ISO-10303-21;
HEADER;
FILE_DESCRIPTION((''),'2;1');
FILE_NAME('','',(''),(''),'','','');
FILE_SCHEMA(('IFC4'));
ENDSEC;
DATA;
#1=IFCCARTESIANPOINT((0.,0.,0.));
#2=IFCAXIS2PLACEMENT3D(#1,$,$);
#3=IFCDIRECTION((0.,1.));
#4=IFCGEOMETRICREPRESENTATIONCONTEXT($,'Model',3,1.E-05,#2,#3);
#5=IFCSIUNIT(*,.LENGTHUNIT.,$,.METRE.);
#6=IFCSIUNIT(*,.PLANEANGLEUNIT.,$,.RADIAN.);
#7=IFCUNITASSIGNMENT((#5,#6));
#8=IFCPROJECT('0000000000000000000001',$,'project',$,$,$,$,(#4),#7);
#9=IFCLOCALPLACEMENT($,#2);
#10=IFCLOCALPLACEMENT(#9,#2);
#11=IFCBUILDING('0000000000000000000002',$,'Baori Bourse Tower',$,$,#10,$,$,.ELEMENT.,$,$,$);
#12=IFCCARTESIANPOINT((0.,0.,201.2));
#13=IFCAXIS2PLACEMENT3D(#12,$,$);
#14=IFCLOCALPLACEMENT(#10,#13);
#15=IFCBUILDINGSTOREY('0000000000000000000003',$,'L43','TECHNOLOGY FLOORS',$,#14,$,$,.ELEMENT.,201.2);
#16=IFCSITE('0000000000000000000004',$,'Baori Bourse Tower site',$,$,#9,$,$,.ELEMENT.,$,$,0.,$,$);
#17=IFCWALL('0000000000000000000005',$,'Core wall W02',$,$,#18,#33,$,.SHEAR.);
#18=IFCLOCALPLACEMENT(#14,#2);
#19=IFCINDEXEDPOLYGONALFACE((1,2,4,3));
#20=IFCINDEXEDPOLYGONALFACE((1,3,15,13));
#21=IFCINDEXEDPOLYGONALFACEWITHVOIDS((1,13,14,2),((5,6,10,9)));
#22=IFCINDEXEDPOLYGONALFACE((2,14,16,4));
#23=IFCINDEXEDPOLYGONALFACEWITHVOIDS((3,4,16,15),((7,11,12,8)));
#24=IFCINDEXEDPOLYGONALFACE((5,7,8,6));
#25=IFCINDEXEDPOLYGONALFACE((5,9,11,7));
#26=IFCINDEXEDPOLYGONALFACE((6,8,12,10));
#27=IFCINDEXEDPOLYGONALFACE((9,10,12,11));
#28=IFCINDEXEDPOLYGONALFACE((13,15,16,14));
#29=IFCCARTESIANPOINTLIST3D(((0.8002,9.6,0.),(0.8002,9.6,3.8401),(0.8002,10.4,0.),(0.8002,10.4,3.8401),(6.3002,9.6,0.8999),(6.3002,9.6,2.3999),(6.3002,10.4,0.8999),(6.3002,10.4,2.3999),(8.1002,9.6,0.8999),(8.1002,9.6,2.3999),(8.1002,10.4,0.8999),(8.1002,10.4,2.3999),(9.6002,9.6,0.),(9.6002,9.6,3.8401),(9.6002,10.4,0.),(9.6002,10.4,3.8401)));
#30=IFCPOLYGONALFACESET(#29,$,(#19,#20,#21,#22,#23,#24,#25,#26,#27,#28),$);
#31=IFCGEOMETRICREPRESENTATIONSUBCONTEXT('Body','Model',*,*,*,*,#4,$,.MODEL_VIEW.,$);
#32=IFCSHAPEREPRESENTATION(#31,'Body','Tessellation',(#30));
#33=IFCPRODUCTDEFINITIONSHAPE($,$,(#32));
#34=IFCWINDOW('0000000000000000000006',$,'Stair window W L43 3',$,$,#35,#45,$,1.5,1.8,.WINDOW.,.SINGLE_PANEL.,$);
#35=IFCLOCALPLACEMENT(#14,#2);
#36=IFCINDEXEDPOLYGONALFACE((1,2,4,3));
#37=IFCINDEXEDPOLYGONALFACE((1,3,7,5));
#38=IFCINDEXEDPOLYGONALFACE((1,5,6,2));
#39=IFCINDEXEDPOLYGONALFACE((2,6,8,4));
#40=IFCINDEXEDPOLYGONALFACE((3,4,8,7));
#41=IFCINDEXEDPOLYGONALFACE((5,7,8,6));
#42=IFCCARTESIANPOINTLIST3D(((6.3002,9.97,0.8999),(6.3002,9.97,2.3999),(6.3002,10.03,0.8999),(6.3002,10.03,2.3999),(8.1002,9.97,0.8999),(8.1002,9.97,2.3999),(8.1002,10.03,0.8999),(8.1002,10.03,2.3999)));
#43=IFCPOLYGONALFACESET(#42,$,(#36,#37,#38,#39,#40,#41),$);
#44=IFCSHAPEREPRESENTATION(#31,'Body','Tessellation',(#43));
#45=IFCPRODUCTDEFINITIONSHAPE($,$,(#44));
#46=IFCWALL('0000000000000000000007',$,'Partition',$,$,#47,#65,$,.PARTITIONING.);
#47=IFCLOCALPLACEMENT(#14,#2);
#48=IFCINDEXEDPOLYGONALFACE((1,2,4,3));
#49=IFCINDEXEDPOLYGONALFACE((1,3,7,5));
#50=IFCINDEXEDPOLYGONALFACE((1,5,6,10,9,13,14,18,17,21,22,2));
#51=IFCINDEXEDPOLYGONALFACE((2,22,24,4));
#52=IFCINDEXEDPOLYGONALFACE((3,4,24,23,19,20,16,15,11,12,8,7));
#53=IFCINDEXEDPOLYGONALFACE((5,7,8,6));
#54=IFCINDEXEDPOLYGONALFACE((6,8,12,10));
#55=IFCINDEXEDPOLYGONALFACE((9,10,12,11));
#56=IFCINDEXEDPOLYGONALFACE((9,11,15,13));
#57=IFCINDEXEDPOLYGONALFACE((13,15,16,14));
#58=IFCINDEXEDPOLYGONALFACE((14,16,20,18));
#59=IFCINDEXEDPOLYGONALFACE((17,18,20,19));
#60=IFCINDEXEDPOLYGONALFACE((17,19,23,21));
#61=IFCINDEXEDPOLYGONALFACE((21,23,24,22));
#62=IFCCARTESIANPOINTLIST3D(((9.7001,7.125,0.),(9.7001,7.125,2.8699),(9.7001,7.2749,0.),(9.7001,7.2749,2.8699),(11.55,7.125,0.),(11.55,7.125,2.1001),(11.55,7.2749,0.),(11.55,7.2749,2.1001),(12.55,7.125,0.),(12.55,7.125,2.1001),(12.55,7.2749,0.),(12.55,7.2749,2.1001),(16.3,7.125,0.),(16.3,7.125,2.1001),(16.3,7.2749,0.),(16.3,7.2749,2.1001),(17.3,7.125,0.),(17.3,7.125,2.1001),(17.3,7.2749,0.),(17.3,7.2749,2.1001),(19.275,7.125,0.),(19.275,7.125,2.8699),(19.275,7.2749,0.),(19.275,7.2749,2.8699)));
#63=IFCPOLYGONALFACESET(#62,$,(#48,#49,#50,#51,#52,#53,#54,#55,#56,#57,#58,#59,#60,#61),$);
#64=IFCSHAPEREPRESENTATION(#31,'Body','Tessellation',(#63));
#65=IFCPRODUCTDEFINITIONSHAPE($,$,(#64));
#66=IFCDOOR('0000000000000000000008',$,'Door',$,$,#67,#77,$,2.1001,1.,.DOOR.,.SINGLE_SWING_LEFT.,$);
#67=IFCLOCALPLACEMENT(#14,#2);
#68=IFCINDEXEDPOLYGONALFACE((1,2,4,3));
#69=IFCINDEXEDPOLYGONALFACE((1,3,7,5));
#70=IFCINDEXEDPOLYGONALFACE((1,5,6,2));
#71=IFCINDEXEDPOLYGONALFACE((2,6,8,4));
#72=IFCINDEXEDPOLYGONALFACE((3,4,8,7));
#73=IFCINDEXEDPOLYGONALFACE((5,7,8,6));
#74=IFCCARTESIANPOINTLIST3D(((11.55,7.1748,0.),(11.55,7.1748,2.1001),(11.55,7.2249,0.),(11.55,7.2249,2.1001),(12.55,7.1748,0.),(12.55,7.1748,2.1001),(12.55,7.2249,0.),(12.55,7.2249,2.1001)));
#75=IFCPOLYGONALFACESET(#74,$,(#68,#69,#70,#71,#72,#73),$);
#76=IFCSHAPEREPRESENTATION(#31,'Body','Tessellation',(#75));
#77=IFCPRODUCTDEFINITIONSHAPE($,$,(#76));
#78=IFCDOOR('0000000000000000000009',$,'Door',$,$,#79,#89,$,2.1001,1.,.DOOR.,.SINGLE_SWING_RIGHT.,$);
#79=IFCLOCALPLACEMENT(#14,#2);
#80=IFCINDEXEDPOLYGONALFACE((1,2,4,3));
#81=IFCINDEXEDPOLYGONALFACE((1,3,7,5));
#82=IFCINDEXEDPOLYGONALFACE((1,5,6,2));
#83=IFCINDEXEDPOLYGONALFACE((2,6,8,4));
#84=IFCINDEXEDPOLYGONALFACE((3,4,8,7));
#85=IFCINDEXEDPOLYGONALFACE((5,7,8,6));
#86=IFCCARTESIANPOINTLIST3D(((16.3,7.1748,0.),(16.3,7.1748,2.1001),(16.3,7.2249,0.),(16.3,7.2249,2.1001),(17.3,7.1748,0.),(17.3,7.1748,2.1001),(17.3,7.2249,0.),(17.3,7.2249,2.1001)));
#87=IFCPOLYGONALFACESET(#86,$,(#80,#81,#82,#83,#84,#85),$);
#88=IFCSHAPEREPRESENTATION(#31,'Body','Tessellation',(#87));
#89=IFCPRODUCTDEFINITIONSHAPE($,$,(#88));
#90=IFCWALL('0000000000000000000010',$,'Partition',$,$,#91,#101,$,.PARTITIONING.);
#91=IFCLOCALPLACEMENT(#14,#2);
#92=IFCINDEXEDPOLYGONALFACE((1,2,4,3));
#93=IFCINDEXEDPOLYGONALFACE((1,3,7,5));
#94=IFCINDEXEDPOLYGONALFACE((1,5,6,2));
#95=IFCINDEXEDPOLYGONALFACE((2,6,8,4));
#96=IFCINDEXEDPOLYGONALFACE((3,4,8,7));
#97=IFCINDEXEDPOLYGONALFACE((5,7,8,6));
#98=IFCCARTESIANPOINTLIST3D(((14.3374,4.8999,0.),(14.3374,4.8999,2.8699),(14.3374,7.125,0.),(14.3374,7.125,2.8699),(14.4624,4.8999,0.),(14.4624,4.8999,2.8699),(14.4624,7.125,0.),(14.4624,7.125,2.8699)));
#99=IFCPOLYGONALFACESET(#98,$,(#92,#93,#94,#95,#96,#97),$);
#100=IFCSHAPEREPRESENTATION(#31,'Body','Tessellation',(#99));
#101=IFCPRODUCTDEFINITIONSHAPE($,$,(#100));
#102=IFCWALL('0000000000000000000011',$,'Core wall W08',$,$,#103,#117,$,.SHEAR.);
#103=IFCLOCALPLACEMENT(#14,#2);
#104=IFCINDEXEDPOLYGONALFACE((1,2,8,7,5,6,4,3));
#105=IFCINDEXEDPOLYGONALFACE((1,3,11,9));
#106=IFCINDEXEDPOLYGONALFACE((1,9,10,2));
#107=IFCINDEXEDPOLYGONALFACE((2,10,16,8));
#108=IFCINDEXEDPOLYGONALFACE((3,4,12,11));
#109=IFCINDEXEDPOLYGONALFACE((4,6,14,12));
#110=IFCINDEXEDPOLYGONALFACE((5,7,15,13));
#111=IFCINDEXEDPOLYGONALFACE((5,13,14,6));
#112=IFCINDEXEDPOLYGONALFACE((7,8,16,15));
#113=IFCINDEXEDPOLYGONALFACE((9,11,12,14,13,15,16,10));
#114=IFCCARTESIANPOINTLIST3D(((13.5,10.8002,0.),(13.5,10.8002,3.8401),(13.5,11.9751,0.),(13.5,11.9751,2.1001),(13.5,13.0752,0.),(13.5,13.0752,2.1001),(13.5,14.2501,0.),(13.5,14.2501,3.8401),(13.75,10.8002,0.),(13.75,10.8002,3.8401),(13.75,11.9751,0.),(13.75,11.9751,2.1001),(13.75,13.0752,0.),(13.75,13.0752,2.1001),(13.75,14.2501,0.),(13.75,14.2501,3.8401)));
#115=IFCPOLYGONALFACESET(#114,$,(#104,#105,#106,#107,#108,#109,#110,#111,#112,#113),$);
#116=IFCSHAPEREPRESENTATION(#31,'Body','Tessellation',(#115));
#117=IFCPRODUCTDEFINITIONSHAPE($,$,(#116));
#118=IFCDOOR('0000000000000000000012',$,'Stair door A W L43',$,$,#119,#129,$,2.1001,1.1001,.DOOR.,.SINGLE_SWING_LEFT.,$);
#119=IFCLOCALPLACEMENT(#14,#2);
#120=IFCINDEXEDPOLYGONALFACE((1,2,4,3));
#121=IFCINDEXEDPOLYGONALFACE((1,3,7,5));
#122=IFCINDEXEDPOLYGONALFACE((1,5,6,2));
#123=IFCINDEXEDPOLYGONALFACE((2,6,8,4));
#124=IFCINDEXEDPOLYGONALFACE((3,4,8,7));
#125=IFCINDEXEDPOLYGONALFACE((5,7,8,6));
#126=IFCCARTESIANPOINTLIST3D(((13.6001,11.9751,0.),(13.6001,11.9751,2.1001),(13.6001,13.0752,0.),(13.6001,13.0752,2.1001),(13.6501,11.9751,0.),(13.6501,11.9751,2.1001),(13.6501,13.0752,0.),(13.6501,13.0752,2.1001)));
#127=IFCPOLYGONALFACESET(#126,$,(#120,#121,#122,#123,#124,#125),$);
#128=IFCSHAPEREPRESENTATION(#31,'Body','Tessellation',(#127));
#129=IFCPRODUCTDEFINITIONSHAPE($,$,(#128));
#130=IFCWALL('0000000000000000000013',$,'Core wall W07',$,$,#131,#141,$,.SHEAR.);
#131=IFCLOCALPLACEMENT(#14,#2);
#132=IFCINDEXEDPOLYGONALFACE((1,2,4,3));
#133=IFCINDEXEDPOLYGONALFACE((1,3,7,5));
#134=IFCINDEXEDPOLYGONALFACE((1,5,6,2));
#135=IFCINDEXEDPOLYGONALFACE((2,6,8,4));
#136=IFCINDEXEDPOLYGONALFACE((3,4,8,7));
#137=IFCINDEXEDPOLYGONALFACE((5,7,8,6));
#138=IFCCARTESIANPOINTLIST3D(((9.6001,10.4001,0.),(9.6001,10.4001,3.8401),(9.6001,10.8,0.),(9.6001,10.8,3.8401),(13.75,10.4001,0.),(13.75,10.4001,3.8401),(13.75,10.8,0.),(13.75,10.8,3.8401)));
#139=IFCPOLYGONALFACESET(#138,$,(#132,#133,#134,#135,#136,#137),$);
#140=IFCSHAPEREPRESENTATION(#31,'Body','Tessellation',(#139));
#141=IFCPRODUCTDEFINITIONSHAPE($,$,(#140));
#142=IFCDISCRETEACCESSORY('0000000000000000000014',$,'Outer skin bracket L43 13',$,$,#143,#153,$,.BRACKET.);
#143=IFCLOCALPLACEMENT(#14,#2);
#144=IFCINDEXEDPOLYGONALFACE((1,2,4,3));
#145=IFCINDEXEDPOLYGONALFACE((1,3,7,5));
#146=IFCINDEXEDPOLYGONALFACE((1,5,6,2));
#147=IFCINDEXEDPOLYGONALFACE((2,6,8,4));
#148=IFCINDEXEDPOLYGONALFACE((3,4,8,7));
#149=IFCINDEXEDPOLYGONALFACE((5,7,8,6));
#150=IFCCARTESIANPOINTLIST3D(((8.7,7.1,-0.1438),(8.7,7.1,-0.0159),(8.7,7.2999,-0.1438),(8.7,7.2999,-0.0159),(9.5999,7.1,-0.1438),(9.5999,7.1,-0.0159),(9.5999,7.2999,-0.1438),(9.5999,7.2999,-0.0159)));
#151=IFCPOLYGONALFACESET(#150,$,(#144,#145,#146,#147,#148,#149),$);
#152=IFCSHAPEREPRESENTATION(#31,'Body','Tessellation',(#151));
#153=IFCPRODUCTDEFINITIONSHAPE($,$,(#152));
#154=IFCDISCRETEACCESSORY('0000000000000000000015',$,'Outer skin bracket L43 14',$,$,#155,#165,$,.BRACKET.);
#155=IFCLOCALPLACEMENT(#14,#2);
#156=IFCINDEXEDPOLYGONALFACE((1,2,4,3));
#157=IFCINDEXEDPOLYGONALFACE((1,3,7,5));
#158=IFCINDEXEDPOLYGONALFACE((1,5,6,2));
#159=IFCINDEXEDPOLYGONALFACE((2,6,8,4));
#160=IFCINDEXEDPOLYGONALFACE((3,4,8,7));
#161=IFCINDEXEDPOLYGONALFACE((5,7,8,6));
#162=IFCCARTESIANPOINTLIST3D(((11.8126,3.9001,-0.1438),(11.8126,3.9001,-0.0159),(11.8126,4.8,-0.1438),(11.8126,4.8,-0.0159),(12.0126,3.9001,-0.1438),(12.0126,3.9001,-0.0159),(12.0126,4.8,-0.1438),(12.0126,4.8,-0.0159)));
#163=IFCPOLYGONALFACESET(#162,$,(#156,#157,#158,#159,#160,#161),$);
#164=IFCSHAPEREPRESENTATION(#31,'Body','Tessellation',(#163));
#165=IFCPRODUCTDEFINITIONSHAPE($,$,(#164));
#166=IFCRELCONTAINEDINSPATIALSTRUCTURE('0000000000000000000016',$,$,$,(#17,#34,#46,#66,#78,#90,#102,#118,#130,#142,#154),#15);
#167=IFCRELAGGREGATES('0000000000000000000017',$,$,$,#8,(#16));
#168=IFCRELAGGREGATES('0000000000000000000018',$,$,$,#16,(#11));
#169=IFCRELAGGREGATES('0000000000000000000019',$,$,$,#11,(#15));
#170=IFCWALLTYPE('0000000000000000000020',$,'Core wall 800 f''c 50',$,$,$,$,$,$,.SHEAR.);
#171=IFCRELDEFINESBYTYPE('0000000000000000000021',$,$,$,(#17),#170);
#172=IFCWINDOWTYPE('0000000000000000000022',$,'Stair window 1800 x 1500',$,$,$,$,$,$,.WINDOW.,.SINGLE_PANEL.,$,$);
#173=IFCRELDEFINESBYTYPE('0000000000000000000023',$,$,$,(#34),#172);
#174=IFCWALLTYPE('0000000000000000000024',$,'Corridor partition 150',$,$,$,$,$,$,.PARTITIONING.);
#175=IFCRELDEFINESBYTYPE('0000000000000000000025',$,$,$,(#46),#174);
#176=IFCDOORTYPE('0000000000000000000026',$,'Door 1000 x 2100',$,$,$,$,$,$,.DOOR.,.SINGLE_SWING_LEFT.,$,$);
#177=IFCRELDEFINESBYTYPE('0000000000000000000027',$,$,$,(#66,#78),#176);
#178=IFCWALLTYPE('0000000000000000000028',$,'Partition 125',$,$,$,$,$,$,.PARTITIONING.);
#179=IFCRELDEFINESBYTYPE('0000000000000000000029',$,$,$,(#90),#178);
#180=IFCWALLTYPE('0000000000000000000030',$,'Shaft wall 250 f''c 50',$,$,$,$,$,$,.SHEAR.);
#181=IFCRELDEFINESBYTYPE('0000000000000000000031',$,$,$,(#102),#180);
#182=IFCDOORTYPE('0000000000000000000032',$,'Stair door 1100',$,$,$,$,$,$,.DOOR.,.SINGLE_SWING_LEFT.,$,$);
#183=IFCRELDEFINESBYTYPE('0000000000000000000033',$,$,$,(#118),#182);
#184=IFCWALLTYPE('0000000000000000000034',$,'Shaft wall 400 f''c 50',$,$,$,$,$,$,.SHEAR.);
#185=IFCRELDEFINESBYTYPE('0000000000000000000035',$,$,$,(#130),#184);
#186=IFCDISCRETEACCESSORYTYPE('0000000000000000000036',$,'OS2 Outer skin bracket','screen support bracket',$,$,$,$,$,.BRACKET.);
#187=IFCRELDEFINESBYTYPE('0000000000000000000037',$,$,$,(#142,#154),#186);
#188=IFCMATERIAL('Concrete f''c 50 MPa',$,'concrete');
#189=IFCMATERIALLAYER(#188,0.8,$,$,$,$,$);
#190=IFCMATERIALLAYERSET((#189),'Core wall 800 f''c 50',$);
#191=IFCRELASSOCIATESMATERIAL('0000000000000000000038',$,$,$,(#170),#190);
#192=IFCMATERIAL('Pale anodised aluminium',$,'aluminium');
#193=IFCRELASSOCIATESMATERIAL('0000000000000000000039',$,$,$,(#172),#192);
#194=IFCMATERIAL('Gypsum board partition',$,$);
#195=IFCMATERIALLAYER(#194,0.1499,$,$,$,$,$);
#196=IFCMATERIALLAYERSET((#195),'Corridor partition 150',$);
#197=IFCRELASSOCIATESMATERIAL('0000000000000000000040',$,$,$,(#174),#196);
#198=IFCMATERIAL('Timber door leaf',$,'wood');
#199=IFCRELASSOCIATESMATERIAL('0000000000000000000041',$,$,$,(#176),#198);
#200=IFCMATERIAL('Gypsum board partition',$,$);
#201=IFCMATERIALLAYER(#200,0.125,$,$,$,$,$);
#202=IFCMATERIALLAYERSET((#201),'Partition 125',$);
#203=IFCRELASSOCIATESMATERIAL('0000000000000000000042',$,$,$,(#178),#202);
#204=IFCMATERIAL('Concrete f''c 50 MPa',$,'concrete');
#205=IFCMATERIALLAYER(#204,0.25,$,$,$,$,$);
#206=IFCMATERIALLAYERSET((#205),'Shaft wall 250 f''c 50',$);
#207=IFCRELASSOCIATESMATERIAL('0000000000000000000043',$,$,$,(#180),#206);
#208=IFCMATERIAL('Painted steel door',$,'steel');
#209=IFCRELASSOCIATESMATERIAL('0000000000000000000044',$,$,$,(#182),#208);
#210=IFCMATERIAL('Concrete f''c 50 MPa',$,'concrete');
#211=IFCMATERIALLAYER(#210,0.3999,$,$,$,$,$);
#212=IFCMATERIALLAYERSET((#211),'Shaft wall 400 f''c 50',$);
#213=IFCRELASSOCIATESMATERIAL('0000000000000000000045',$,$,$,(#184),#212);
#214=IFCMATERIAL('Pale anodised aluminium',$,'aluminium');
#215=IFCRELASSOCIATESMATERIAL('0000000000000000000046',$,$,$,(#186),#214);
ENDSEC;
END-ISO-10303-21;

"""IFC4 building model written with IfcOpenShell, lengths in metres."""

from ifc_helpers import new_model, si_unit, direction, frame, frame_2d, origin, origin_2d, place, context, subcontext, project, spatial, rectangle, extrude, material, layer, layer_set, type_object, element, fill, save


model = new_model("IFC4")

# Units and contexts
model_context = context("Model", 3, precision=1e-05, world=origin(), true_north=direction((0.0, 1.0)))
body_context = subcontext(model_context, "Body", "Model", "MODEL_VIEW")
ifc_project = project(units=[si_unit("LENGTHUNIT", "METRE"), si_unit("PLANEANGLEUNIT", "RADIAN")], contexts=[model_context])

# Site, building, storey
site_placement = place(None, origin())
site = spatial("IfcSite", under=ifc_project, at=site_placement, Name="Baori Bourse Tower site", CompositionType="ELEMENT", RefElevation=0.0)
building_placement = place(site_placement, origin())
building = spatial("IfcBuilding", under=site, at=building_placement, Name="Baori Bourse Tower", CompositionType="ELEMENT")
storey_placement = place(building_placement, frame((0.0, 0.0, 201.2)))
storey = spatial("IfcBuildingStorey", under=building, at=storey_placement, Name="L43", Description="TECHNOLOGY FLOORS", CompositionType="ELEMENT", Elevation=201.2)

# Wall, opening, window
ifc_material_1 = material(Name="Concrete f'c 50 MPa", Category="concrete")
ifc_layer_1 = layer(ifc_material_1, 0.8)
ifc_layer_set_1 = layer_set([ifc_layer_1], Name="Core wall 800 f'c 50")
wall_type_1 = type_object("IfcWallType", Name="Core wall 800 f'c 50", PredefinedType="SHEAR", material=ifc_layer_set_1)
wall_1_placement = place(storey_placement, frame((9.6001, 10.0, 0.0), z_axis=(0.0, 0.0, 1.0), x_axis=(-1.0, 0.0, 0.0)))
wall_1 = element("IfcWall", 1, at=wall_1_placement, inside=storey, type_object=wall_type_1, Name="Core wall W02", PredefinedType="SHEAR", context=body_context, shape_type="SweptSolid", body=[
    extrude(rectangle(XDim=8.8, YDim=0.8, at=frame_2d((4.3999, 0.0))), origin(), (0.0, 0.0, 1.0), 3.8401),
])
opening_1_placement = place(wall_1_placement, frame((1.5, 0.0, 0.8999)))
opening_1 = element("IfcOpeningElement", 2, at=opening_1_placement, cuts=wall_1, PredefinedType="OPENING", context=body_context, shape_type="SweptSolid", body=[
    extrude(rectangle(XDim=1.8, YDim=1.5, at=frame_2d((0.8999, 0.75))), frame((0.0, 0.4099, 0.0), z_axis=(0.0, -1.0, 0.0), x_axis=(1.0, 0.0, 0.0)), (0.0, 0.0, 1.0), 0.8201),
])
ifc_material_2 = material(Name="Pale anodised aluminium", Category="aluminium")
window_type = type_object("IfcWindowType", Name="Stair window 1800 x 1500", PartitioningType="SINGLE_PANEL", PredefinedType="WINDOW", material=ifc_material_2)
window_placement = place(opening_1_placement, origin())
window = element("IfcWindow", 3, at=window_placement, inside=storey, type_object=window_type, Name="Stair window W L43 3", OverallHeight=1.5, OverallWidth=1.8, PartitioningType="SINGLE_PANEL", PredefinedType="WINDOW", context=body_context, shape_type="SweptSolid", body=[
    extrude(rectangle(XDim=1.8, YDim=1.5, at=frame_2d((0.8999, 0.75))), frame((0.0, 0.03, 0.0), z_axis=(0.0, -1.0, 0.0), x_axis=(1.0, 0.0, 0.0)), (0.0, 0.0, 1.0), 0.0601),
])
fill(opening_1, window)

# Wall, openings, doors
ifc_material_3 = material(Name="Gypsum board partition")
ifc_layer_2 = layer(ifc_material_3, 0.1499)
ifc_layer_set_2 = layer_set([ifc_layer_2], Name="Corridor partition 150")
wall_type_2 = type_object("IfcWallType", Name="Corridor partition 150", PredefinedType="PARTITIONING", material=ifc_layer_set_2)
wall_2_placement = place(storey_placement, frame((9.7, 7.2, 0.0), z_axis=(0.0, 0.0, 1.0), x_axis=(1.0, 0.0, 0.0)))
wall_2 = element("IfcWall", 4, at=wall_2_placement, inside=storey, type_object=wall_type_2, Name="Partition", PredefinedType="PARTITIONING", context=body_context, shape_type="SweptSolid", body=[
    extrude(rectangle(XDim=9.575, YDim=0.1499, at=frame_2d((4.7876, 0.0))), origin(), (0.0, 0.0, 1.0), 2.8699),
])
opening_2_placement = place(wall_2_placement, frame((1.8501, 0.0, 0.0)))
opening_2 = element("IfcOpeningElement", 5, at=opening_2_placement, cuts=wall_2, PredefinedType="OPENING", context=body_context, shape_type="SweptSolid", body=[
    extrude(rectangle(XDim=1.0, YDim=2.1001, at=frame_2d((0.5, 1.05))), frame((0.0, 0.085, 0.0), z_axis=(0.0, -1.0, 0.0), x_axis=(1.0, 0.0, 0.0)), (0.0, 0.0, 1.0), 0.1699),
])
opening_3_placement = place(wall_2_placement, frame((6.6001, 0.0, 0.0)))
opening_3 = element("IfcOpeningElement", 6, at=opening_3_placement, cuts=wall_2, PredefinedType="OPENING", context=body_context, shape_type="SweptSolid", body=[
    extrude(rectangle(XDim=1.0, YDim=2.1001, at=frame_2d((0.5, 1.05))), frame((0.0, 0.085, 0.0), z_axis=(0.0, -1.0, 0.0), x_axis=(1.0, 0.0, 0.0)), (0.0, 0.0, 1.0), 0.1699),
])
ifc_material_4 = material(Name="Timber door leaf", Category="wood")
door_type_1 = type_object("IfcDoorType", Name="Door 1000 x 2100", OperationType="SINGLE_SWING_LEFT", PredefinedType="DOOR", material=ifc_material_4)
door_1_placement = place(opening_2_placement, origin())
door_1 = element("IfcDoor", 7, at=door_1_placement, inside=storey, type_object=door_type_1, Name="Door", OperationType="SINGLE_SWING_LEFT", OverallHeight=2.1001, OverallWidth=1.0, PredefinedType="DOOR", context=body_context, shape_type="SweptSolid", body=[
    extrude(rectangle(XDim=1.0, YDim=2.1001, at=frame_2d((0.5, 1.05))), frame((0.0, 0.0249, 0.0), z_axis=(0.0, -1.0, 0.0), x_axis=(1.0, 0.0, 0.0)), (0.0, 0.0, 1.0), 0.05),
])
fill(opening_2, door_1)
door_2_placement = place(opening_3_placement, origin())
door_2 = element("IfcDoor", 8, at=door_2_placement, inside=storey, type_object=door_type_1, Name="Door", OperationType="SINGLE_SWING_RIGHT", OverallHeight=2.1001, OverallWidth=1.0, PredefinedType="DOOR", context=body_context, shape_type="SweptSolid", body=[
    extrude(rectangle(XDim=1.0, YDim=2.1001, at=frame_2d((0.5, 1.05))), frame((0.0, 0.0249, 0.0), z_axis=(0.0, -1.0, 0.0), x_axis=(1.0, 0.0, 0.0)), (0.0, 0.0, 1.0), 0.05),
])
fill(opening_3, door_2)

# Wall
ifc_material_5 = material(Name="Gypsum board partition")
ifc_layer_3 = layer(ifc_material_5, 0.125)
ifc_layer_set_3 = layer_set([ifc_layer_3], Name="Partition 125")
wall_type_3 = type_object("IfcWallType", Name="Partition 125", PredefinedType="PARTITIONING", material=ifc_layer_set_3)
wall_3_placement = place(storey_placement, frame((14.3999, 4.8999, 0.0), z_axis=(0.0, 0.0, 1.0), x_axis=(0.0, 1.0, 0.0)))
element("IfcWall", 9, at=wall_3_placement, inside=storey, type_object=wall_type_3, Name="Partition", PredefinedType="PARTITIONING", context=body_context, shape_type="SweptSolid", body=[
    extrude(rectangle(XDim=2.2251, YDim=0.125, at=frame_2d((1.1125, 0.0))), origin(), (0.0, 0.0, 1.0), 2.8699),
])

# Wall, opening, door
ifc_material_6 = material(Name="Concrete f'c 50 MPa", Category="concrete")
ifc_layer_4 = layer(ifc_material_6, 0.25)
ifc_layer_set_4 = layer_set([ifc_layer_4], Name="Shaft wall 250 f'c 50")
wall_type_4 = type_object("IfcWallType", Name="Shaft wall 250 f'c 50", PredefinedType="SHEAR", material=ifc_layer_set_4)
wall_4_placement = place(storey_placement, frame((13.625, 10.8, 0.0), z_axis=(0.0, 0.0, 1.0), x_axis=(0.0, 1.0, 0.0)))
wall_4 = element("IfcWall", 10, at=wall_4_placement, inside=storey, type_object=wall_type_4, Name="Core wall W08", PredefinedType="SHEAR", context=body_context, shape_type="SweptSolid", body=[
    extrude(rectangle(XDim=3.45, YDim=0.25, at=frame_2d((1.7251, 0.0))), origin(), (0.0, 0.0, 1.0), 3.8401),
])
opening_4_placement = place(wall_4_placement, frame((1.175, 0.0, 0.0)))
opening_4 = element("IfcOpeningElement", 11, at=opening_4_placement, cuts=wall_4, PredefinedType="OPENING", context=body_context, shape_type="SweptSolid", body=[
    extrude(rectangle(XDim=1.1001, YDim=2.1001, at=frame_2d((0.55, 1.05))), frame((0.0, 0.135, 0.0), z_axis=(0.0, -1.0, 0.0), x_axis=(1.0, 0.0, 0.0)), (0.0, 0.0, 1.0), 0.27),
])
ifc_material_7 = material(Name="Painted steel door", Category="steel")
door_type_2 = type_object("IfcDoorType", Name="Stair door 1100", OperationType="SINGLE_SWING_LEFT", PredefinedType="DOOR", material=ifc_material_7)
door_3_placement = place(opening_4_placement, origin())
door_3 = element("IfcDoor", 12, at=door_3_placement, inside=storey, type_object=door_type_2, Name="Stair door A W L43", OperationType="SINGLE_SWING_LEFT", OverallHeight=2.1001, OverallWidth=1.1001, PredefinedType="DOOR", context=body_context, shape_type="SweptSolid", body=[
    extrude(rectangle(XDim=1.1001, YDim=2.1001, at=frame_2d((0.55, 1.05))), frame((0.0, 0.0249, 0.0), z_axis=(0.0, -1.0, 0.0), x_axis=(1.0, 0.0, 0.0)), (0.0, 0.0, 1.0), 0.05),
])
fill(opening_4, door_3)

# Wall
ifc_material_8 = material(Name="Concrete f'c 50 MPa", Category="concrete")
ifc_layer_5 = layer(ifc_material_8, 0.3999)
ifc_layer_set_5 = layer_set([ifc_layer_5], Name="Shaft wall 400 f'c 50")
wall_type_5 = type_object("IfcWallType", Name="Shaft wall 400 f'c 50", PredefinedType="SHEAR", material=ifc_layer_set_5)
wall_5_placement = place(storey_placement, frame((9.6001, 10.6001, 0.0), z_axis=(0.0, 0.0, 1.0), x_axis=(1.0, 0.0, 0.0)))
element("IfcWall", 13, at=wall_5_placement, inside=storey, type_object=wall_type_5, Name="Core wall W07", PredefinedType="SHEAR", context=body_context, shape_type="SweptSolid", body=[
    extrude(rectangle(XDim=4.1499, YDim=0.3999, at=frame_2d((2.075, 0.0))), origin(), (0.0, 0.0, 1.0), 3.8401),
])

# Discrete accessories
ifc_material_9 = material(Name="Pale anodised aluminium", Category="aluminium")
discrete_accessory_type = type_object("IfcDiscreteAccessoryType", Name="OS2 Outer skin bracket", Description="screen support bracket", PredefinedType="BRACKET", material=ifc_material_9)
for number, where, z_axis, x_axis, name in (
    (14, (9.1499, 7.2, -0.1438), (0.0, 0.0, 1.0), (0.0, -1.0, 0.0), "Outer skin bracket L43 13"),
    (15, (11.9126, 4.3501, -0.1438), (0.0, 0.0, 1.0), (1.0, 0.0, 0.0), "Outer skin bracket L43 14"),
):
    element("IfcDiscreteAccessory", number, at=place(storey_placement, frame(where, z_axis=z_axis, x_axis=x_axis)), inside=storey, type_object=discrete_accessory_type, Name=name, PredefinedType="BRACKET", context=body_context, shape_type="SweptSolid", body=[
        extrude(rectangle(XDim=0.2, YDim=0.8999, at=origin_2d()), origin(), (0.0, 0.0, 1.0), 0.1279),
    ])

save(model, "model.ifc")
